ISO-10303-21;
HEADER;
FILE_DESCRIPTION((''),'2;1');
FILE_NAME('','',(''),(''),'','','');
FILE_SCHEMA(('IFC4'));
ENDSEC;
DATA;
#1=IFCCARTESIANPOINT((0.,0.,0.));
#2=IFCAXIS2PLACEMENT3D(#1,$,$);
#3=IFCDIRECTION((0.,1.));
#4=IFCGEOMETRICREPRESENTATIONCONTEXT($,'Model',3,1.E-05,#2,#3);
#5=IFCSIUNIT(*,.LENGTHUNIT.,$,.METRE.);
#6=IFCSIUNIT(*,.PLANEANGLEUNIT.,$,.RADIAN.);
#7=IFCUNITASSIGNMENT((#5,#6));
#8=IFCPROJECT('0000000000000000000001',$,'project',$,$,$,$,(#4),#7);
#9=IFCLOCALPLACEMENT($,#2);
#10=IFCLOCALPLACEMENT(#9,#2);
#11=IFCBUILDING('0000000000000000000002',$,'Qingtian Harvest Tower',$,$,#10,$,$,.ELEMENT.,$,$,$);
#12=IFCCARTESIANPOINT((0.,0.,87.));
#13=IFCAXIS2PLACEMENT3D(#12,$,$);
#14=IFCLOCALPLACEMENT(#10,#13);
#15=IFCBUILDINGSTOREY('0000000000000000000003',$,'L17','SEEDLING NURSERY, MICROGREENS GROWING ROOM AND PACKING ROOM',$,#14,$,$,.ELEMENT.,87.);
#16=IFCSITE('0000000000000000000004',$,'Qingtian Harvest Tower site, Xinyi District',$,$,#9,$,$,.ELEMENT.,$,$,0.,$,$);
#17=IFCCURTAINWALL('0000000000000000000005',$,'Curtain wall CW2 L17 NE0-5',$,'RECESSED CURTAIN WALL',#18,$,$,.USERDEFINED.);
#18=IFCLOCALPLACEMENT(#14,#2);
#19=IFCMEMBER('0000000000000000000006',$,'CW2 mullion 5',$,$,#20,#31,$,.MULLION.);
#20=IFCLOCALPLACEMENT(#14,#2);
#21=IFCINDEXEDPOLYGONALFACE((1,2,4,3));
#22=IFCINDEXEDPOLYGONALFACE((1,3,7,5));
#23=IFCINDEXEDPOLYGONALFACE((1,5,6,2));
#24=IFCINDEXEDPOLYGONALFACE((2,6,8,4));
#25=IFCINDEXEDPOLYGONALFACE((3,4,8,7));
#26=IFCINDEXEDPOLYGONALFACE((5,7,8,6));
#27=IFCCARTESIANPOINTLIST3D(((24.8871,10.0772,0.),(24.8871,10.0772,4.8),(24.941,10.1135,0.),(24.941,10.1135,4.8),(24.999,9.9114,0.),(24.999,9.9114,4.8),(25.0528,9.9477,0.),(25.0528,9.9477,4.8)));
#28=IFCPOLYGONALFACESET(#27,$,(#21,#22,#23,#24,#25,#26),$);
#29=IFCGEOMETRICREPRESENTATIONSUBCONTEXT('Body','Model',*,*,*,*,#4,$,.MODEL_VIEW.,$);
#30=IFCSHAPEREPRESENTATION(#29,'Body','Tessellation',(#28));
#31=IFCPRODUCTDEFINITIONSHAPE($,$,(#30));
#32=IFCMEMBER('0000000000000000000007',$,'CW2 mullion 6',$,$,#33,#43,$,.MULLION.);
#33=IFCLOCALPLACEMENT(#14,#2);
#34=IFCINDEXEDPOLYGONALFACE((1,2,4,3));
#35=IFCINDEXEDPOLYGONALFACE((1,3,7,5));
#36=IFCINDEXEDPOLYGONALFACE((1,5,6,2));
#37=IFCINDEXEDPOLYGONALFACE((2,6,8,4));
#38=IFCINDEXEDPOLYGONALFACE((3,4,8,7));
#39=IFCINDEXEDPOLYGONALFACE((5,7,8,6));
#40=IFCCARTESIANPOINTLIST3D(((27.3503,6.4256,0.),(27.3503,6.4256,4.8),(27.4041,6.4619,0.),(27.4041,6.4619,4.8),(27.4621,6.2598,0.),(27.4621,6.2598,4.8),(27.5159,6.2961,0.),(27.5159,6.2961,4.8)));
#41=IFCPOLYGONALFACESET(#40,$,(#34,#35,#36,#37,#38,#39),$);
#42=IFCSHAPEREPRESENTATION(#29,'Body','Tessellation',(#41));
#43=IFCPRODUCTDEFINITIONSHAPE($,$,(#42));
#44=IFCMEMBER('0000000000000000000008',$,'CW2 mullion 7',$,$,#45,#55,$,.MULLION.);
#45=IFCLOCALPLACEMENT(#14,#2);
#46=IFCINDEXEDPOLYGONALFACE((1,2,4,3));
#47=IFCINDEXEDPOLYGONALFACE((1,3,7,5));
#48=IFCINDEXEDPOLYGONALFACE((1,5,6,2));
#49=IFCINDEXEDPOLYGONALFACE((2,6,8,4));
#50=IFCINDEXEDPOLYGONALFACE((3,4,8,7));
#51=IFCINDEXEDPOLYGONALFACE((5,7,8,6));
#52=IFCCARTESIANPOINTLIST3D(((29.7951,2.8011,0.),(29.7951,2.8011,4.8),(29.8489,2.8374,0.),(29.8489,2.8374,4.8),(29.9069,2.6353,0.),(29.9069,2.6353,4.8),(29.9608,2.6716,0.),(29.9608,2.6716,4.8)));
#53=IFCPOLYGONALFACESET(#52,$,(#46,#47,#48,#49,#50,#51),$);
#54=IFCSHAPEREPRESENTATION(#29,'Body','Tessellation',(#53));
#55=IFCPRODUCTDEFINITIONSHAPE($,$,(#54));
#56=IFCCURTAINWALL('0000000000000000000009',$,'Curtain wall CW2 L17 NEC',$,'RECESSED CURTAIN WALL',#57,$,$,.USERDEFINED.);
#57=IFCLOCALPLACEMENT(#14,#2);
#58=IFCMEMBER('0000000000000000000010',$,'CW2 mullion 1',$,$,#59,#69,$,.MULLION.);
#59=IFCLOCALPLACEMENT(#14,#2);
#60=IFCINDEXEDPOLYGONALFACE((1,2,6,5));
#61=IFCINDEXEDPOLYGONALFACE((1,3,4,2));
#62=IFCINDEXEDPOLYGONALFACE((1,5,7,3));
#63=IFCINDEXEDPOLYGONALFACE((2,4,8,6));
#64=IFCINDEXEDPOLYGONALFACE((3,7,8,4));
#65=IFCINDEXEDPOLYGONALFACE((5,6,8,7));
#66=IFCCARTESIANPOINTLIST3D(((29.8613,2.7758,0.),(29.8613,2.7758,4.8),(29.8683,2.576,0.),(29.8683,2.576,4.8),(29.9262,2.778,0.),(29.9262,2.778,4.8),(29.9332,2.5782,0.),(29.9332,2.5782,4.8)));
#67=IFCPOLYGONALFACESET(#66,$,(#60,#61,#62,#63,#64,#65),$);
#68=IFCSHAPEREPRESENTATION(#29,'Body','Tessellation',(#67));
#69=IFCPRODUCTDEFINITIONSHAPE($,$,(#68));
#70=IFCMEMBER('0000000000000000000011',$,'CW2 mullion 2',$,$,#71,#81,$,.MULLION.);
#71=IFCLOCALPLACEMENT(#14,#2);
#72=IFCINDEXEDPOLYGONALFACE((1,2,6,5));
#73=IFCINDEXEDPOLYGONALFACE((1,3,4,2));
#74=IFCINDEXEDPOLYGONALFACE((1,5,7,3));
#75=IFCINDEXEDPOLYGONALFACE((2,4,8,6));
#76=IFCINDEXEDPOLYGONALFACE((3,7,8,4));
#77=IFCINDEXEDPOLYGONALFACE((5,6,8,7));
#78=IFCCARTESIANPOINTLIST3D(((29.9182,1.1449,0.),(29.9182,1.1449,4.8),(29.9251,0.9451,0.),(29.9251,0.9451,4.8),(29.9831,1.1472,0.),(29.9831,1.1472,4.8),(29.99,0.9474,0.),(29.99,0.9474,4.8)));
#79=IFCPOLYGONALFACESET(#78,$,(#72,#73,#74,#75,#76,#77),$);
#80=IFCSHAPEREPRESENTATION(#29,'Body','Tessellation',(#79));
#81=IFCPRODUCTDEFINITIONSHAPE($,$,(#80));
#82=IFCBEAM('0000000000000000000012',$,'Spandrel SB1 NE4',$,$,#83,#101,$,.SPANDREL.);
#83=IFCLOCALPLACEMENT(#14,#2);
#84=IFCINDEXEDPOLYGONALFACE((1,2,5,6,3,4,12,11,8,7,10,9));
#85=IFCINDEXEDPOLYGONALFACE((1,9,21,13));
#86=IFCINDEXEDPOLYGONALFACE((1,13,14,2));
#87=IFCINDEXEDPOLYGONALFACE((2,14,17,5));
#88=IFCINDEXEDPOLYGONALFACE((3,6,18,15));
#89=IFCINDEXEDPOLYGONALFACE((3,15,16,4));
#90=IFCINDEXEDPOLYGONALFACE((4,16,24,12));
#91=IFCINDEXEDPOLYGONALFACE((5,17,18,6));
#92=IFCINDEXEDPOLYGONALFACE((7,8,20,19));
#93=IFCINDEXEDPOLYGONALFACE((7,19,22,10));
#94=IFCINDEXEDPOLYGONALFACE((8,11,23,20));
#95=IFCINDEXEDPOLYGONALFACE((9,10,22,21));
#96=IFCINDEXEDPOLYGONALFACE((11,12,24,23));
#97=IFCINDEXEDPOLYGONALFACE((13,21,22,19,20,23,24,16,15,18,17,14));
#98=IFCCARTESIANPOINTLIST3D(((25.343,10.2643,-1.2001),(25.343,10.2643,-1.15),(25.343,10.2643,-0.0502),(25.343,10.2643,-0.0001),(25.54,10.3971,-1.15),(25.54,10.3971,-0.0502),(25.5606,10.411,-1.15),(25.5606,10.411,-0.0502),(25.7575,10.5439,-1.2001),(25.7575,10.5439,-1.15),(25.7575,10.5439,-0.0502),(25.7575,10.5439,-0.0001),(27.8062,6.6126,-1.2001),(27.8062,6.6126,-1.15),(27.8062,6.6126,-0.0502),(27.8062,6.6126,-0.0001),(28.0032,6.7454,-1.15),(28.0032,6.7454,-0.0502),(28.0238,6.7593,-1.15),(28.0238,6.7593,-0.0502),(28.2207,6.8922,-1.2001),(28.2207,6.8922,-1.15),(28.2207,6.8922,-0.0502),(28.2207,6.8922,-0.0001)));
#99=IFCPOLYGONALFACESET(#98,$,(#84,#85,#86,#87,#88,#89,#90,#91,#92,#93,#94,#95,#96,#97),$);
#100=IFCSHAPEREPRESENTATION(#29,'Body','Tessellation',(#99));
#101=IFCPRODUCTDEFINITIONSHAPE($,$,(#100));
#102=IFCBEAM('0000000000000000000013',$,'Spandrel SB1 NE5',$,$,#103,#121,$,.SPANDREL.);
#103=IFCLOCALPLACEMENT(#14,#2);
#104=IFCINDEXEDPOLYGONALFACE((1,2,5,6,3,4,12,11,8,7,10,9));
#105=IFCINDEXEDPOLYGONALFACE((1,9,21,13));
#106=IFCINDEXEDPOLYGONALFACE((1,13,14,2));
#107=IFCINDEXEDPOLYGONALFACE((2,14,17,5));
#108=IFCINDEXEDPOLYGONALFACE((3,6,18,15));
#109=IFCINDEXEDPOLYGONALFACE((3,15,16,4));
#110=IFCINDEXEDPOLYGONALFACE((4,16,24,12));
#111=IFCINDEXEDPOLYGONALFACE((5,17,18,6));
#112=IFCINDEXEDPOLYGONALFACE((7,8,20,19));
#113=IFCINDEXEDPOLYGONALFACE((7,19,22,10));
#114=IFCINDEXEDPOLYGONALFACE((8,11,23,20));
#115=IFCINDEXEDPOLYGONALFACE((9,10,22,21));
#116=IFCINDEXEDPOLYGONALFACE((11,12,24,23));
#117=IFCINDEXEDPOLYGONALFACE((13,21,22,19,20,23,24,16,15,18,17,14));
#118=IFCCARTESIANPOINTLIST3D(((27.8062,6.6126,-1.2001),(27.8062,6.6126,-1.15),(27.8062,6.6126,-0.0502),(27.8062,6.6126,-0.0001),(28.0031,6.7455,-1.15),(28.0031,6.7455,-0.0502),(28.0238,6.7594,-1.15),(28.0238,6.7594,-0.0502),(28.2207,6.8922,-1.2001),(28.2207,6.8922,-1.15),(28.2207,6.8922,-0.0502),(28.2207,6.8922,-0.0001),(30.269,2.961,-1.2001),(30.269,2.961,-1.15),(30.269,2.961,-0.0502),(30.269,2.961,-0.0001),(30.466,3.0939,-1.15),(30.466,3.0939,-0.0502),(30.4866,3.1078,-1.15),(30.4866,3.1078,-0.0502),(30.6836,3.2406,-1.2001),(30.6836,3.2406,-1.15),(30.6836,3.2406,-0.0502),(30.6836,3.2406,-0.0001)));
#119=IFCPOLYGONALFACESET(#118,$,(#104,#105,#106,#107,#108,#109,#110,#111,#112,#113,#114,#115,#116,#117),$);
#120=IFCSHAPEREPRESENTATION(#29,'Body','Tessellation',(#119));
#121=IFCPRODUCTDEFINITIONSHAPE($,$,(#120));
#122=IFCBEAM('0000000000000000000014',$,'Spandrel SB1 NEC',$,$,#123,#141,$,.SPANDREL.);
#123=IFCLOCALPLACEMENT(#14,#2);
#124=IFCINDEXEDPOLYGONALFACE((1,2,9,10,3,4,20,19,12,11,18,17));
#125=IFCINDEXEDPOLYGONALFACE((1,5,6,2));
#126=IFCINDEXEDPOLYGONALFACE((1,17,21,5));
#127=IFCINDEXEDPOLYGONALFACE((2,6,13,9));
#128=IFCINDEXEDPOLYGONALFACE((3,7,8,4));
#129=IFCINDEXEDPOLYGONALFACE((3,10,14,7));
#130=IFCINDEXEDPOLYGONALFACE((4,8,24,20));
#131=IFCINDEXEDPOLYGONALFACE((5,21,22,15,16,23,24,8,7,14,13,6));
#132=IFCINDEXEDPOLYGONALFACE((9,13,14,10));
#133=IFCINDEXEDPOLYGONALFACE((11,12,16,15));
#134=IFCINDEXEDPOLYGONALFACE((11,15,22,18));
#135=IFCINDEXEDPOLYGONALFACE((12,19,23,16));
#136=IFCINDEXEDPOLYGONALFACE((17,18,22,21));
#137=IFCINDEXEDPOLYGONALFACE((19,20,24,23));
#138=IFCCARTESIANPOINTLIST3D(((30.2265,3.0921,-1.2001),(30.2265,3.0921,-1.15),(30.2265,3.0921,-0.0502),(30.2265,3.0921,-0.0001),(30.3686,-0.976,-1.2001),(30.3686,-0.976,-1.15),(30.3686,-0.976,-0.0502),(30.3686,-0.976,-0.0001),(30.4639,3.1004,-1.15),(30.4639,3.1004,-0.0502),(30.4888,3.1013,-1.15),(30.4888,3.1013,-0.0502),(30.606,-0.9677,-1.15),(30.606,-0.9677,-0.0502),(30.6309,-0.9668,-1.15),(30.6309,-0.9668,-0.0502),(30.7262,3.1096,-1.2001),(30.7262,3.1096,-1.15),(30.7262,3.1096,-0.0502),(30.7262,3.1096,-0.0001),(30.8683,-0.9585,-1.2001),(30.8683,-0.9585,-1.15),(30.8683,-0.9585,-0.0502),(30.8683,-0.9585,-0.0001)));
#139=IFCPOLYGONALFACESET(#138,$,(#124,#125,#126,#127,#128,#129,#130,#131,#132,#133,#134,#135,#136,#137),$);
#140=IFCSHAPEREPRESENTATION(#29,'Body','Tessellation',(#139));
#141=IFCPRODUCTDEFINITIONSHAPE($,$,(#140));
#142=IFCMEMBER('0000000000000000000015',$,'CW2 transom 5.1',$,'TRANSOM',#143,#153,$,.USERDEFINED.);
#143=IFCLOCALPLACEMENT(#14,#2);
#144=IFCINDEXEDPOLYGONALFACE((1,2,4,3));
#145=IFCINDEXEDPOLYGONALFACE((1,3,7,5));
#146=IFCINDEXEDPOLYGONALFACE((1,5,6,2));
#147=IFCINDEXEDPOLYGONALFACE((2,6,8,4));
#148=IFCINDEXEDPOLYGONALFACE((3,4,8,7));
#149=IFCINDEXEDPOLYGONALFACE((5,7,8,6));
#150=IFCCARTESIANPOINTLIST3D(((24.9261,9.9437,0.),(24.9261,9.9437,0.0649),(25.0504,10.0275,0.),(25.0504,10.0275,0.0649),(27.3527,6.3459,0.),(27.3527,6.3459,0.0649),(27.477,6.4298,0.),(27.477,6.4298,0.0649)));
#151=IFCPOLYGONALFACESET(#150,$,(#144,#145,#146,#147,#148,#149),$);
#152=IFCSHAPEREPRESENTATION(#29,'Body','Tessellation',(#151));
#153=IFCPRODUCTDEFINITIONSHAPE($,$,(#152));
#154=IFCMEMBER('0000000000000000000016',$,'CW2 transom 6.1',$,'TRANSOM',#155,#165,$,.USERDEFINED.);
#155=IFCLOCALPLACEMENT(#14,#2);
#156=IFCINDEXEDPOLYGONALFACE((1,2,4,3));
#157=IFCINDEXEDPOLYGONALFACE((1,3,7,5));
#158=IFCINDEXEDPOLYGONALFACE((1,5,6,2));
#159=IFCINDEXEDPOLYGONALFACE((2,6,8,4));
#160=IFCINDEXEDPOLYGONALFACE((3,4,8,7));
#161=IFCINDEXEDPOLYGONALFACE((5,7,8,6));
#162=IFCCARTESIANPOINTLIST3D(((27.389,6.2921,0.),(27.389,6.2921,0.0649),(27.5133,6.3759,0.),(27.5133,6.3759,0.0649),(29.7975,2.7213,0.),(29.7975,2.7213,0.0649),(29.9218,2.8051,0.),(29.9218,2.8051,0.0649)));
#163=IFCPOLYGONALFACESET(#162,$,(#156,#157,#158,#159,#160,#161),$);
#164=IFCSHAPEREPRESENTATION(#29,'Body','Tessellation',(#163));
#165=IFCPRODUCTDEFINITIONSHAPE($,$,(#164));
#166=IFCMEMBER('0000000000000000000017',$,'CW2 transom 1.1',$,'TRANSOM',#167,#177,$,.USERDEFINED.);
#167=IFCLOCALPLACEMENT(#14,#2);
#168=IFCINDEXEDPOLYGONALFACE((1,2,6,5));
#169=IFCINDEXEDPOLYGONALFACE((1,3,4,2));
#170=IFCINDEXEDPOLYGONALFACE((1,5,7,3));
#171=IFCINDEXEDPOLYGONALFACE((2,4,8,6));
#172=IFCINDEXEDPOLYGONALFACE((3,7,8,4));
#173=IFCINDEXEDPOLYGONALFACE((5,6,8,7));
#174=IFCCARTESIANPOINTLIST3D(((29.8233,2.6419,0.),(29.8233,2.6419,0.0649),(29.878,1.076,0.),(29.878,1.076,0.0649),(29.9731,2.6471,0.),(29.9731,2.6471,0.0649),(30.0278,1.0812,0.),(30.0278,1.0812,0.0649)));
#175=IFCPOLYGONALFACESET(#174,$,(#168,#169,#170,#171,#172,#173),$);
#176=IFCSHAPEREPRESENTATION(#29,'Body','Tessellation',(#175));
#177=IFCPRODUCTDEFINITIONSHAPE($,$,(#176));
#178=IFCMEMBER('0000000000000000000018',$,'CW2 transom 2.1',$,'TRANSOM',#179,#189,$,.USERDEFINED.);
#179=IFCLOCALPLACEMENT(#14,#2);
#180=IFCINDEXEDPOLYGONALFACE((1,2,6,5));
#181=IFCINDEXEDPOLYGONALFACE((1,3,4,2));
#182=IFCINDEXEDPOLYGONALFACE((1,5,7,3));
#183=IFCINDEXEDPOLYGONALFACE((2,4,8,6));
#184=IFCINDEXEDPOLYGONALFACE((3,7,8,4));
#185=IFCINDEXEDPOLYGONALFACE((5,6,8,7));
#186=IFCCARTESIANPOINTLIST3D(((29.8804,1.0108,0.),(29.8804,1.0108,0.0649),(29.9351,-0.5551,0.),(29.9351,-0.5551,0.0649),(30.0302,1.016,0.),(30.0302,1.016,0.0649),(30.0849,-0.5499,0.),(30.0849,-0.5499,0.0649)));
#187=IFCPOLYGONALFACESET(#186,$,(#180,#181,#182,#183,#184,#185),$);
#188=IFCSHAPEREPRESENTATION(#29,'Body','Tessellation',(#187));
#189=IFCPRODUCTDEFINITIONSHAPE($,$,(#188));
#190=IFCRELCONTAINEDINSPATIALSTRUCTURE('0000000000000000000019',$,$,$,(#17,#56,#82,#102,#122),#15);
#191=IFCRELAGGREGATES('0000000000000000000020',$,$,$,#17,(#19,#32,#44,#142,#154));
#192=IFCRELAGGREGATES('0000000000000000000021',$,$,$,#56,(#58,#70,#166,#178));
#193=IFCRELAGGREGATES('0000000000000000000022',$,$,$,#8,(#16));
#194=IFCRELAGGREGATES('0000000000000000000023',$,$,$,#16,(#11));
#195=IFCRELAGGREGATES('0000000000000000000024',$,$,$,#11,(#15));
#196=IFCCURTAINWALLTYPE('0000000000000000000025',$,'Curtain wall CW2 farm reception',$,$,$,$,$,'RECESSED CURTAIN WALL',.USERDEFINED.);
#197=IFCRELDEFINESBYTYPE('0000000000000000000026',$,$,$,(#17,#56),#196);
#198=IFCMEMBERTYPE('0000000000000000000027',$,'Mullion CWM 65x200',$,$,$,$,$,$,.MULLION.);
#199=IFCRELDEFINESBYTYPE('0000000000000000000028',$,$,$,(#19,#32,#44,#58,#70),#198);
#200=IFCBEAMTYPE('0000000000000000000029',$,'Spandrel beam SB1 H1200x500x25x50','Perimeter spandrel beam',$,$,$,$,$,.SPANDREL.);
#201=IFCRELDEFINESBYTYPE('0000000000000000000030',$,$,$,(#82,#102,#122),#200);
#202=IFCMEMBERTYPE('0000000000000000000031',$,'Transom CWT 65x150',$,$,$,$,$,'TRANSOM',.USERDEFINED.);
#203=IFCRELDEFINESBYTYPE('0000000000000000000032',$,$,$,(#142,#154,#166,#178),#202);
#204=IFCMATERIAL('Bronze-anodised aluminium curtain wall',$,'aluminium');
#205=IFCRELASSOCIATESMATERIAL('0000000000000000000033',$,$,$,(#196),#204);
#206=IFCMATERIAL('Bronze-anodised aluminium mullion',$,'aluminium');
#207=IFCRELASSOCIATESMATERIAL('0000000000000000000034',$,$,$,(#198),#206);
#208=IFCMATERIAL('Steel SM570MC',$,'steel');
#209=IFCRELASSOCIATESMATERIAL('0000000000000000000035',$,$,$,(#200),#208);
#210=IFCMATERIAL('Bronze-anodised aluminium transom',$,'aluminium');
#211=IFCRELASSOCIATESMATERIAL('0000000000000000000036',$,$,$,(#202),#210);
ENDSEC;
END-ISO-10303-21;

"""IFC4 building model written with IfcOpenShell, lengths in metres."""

from ifc_helpers import new_model, si_unit, direction, frame, origin, origin_2d, place, context, subcontext, project, spatial, rectangle, i_section, extrude, material, material_profile, profile_set, type_object, element, aggregate, save


model = new_model("IFC4")

# Units and contexts
model_context = context("Model", 3, precision=1e-05, world=origin(), true_north=direction((0.0, 1.0)))
body_context = subcontext(model_context, "Body", "Model", "MODEL_VIEW")
ifc_project = project(units=[si_unit("LENGTHUNIT", "METRE"), si_unit("PLANEANGLEUNIT", "RADIAN")], contexts=[model_context])

# Site, building, storey
site_placement = place(None, origin())
site = spatial("IfcSite", under=ifc_project, at=site_placement, Name="Qingtian Harvest Tower site, Xinyi District", CompositionType="ELEMENT", RefElevation=0.0)
building_placement = place(site_placement, origin())
building = spatial("IfcBuilding", under=site, at=building_placement, Name="Qingtian Harvest Tower", CompositionType="ELEMENT")
storey_placement = place(building_placement, frame((0.0, 0.0, 87.0)))
storey = spatial("IfcBuildingStorey", under=building, at=storey_placement, Name="L17", Description="SEEDLING NURSERY, MICROGREENS GROWING ROOM AND PACKING ROOM", CompositionType="ELEMENT", Elevation=87.0)

# Curtain walls, members
ifc_material_1 = material(Name="Bronze-anodised aluminium curtain wall", Category="aluminium")
curtain_wall_type = type_object("IfcCurtainWallType", Name="Curtain wall CW2 farm reception", ElementType="RECESSED CURTAIN WALL", PredefinedType="USERDEFINED", material=ifc_material_1)
curtain_wall_1_placement = place(storey_placement, origin())
curtain_wall_1 = element("IfcCurtainWall", 1, at=curtain_wall_1_placement, inside=storey, type_object=curtain_wall_type, Name="Curtain wall CW2 L17 NE0-5", ObjectType="RECESSED CURTAIN WALL", PredefinedType="USERDEFINED")
ifc_material_2 = material(Name="Bronze-anodised aluminium mullion", Category="aluminium")
ifc_material_profile_1 = material_profile(ifc_material_2, rectangle(XDim=0.0649, YDim=0.2, at=origin_2d()), Name="AL 65x200")
ifc_profile_set_1 = profile_set([ifc_material_profile_1], Name="Bronze-anodised aluminium mullion")
member_type_1 = type_object("IfcMemberType", Name="Mullion CWM 65x200", PredefinedType="MULLION", material=ifc_profile_set_1)
member_1_placement = place(storey_placement, frame((24.97, 10.0125, 0.0), z_axis=(0.0, 0.0, 1.0), x_axis=(0.829038, 0.559193, 0.0)))
member_1 = element("IfcMember", 2, at=member_1_placement, type_object=member_type_1, Name="CW2 mullion 5", PredefinedType="MULLION", context=body_context, shape_type="SweptSolid", body=[
    extrude(rectangle(XDim=0.0649, YDim=0.2, at=origin_2d()), origin(), (0.0, 0.0, 1.0), 4.8),
])
member_2_placement = place(storey_placement, frame((27.4331, 6.3608, 0.0), z_axis=(0.0, 0.0, 1.0), x_axis=(0.829038, 0.559193, 0.0)))
member_2 = element("IfcMember", 3, at=member_2_placement, type_object=member_type_1, Name="CW2 mullion 6", PredefinedType="MULLION", context=body_context, shape_type="SweptSolid", body=[
    extrude(rectangle(XDim=0.0649, YDim=0.2, at=origin_2d()), origin(), (0.0, 0.0, 1.0), 4.8),
])
member_3_placement = place(storey_placement, frame((29.8779, 2.7363, 0.0), z_axis=(0.0, 0.0, 1.0), x_axis=(0.829038, 0.559193, 0.0)))
member_3 = element("IfcMember", 4, at=member_3_placement, type_object=member_type_1, Name="CW2 mullion 7", PredefinedType="MULLION", context=body_context, shape_type="SweptSolid", body=[
    extrude(rectangle(XDim=0.0649, YDim=0.2, at=origin_2d()), origin(), (0.0, 0.0, 1.0), 4.8),
])
curtain_wall_2_placement = place(storey_placement, origin())
curtain_wall_2 = element("IfcCurtainWall", 5, at=curtain_wall_2_placement, inside=storey, type_object=curtain_wall_type, Name="Curtain wall CW2 L17 NEC", ObjectType="RECESSED CURTAIN WALL", PredefinedType="USERDEFINED")
member_4_placement = place(storey_placement, frame((29.8972, 2.677, 0.0), z_axis=(0.0, 0.0, 1.0), x_axis=(0.999391, 0.034899, 0.0)))
member_4 = element("IfcMember", 6, at=member_4_placement, type_object=member_type_1, Name="CW2 mullion 1", PredefinedType="MULLION", context=body_context, shape_type="SweptSolid", body=[
    extrude(rectangle(XDim=0.0649, YDim=0.2, at=origin_2d()), origin(), (0.0, 0.0, 1.0), 4.8),
])
member_5_placement = place(storey_placement, frame((29.9541, 1.0461, 0.0), z_axis=(0.0, 0.0, 1.0), x_axis=(0.999391, 0.034899, 0.0)))
member_5 = element("IfcMember", 7, at=member_5_placement, type_object=member_type_1, Name="CW2 mullion 2", PredefinedType="MULLION", context=body_context, shape_type="SweptSolid", body=[
    extrude(rectangle(XDim=0.0649, YDim=0.2, at=origin_2d()), origin(), (0.0, 0.0, 1.0), 4.8),
])

# Beams
ifc_material_3 = material(Name="Steel SM570MC", Category="steel")
ifc_material_profile_2 = material_profile(ifc_material_3, i_section(OverallWidth=0.5, OverallDepth=1.2, WebThickness=0.0249, FlangeThickness=0.05, at=origin_2d()), Name="H1200x500x25x50")
ifc_profile_set_2 = profile_set([ifc_material_profile_2], Name="Steel SM570MC")
beam_type_1 = type_object("IfcBeamType", Name="Spandrel beam SB1 H1200x500x25x50", Description="Perimeter spandrel beam", PredefinedType="SPANDREL", material=ifc_profile_set_2)
beam_1_placement = place(storey_placement, frame((25.5503, 10.4041, -0.6001), z_axis=(0.559207, -0.829028, 0.0), x_axis=(0.829028, 0.559207, 0.0)))
element("IfcBeam", 8, at=beam_1_placement, inside=storey, type_object=beam_type_1, Name="Spandrel SB1 NE4", PredefinedType="SPANDREL", context=body_context, shape_type="SweptSolid", body=[
    extrude(i_section(OverallWidth=0.5, OverallDepth=1.2, WebThickness=0.0249, FlangeThickness=0.05, at=origin_2d()), origin(), (0.0, 0.0, 1.0), 4.4048),
])
beam_2_placement = place(storey_placement, frame((28.0134, 6.7524, -0.6001), z_axis=(0.559169, -0.829054, 0.0), x_axis=(0.829054, 0.559169, 0.0)))
element("IfcBeam", 9, at=beam_2_placement, inside=storey, type_object=beam_type_1, Name="Spandrel SB1 NE5", PredefinedType="SPANDREL", context=body_context, shape_type="SweptSolid", body=[
    extrude(i_section(OverallWidth=0.5, OverallDepth=1.2, WebThickness=0.0249, FlangeThickness=0.05, at=origin_2d()), origin(), (0.0, 0.0, 1.0), 4.4045),
])
beam_3_placement = place(storey_placement, frame((30.4763, 3.1008, -0.6001), z_axis=(0.034906, -0.999391, 0.0), x_axis=(0.999391, 0.034906, 0.0)))
element("IfcBeam", 10, at=beam_3_placement, inside=storey, type_object=beam_type_1, Name="Spandrel SB1 NEC", PredefinedType="SPANDREL", context=body_context, shape_type="SweptSolid", body=[
    extrude(i_section(OverallWidth=0.5, OverallDepth=1.2, WebThickness=0.0249, FlangeThickness=0.05, at=origin_2d()), origin(), (0.0, 0.0, 1.0), 4.0706),
])

# Members
ifc_material_4 = material(Name="Bronze-anodised aluminium transom", Category="aluminium")
ifc_material_profile_3 = material_profile(ifc_material_4, rectangle(XDim=0.1499, YDim=0.0649, at=origin_2d()), Name="AL 65x150")
ifc_profile_set_3 = profile_set([ifc_material_profile_3], Name="Bronze-anodised aluminium transom")
member_type_2 = type_object("IfcMemberType", Name="Transom CWT 65x150", ElementType="TRANSOM", PredefinedType="USERDEFINED", material=ifc_profile_set_3)
member_6_placement = place(storey_placement, frame((24.9883, 9.9856, 0.0325), z_axis=(0.559171, -0.829052, 0.0), x_axis=(0.829052, 0.559171, 0.0)))
member_6 = element("IfcMember", 11, at=member_6_placement, type_object=member_type_2, Name="CW2 transom 5.1", ObjectType="TRANSOM", PredefinedType="USERDEFINED", context=body_context, shape_type="SweptSolid", body=[
    extrude(rectangle(XDim=0.1499, YDim=0.0649, at=origin_2d()), origin(), (0.0, 0.0, 1.0), 4.3396),
])
member_7_placement = place(storey_placement, frame((27.4512, 6.334, 0.0325), z_axis=(0.559179, -0.829047, 0.0), x_axis=(0.829047, 0.559179, 0.0)))
member_7 = element("IfcMember", 12, at=member_7_placement, type_object=member_type_2, Name="CW2 transom 6.1", ObjectType="TRANSOM", PredefinedType="USERDEFINED", context=body_context, shape_type="SweptSolid", body=[
    extrude(rectangle(XDim=0.1499, YDim=0.0649, at=origin_2d()), origin(), (0.0, 0.0, 1.0), 4.3071),
])
member_8_placement = place(storey_placement, frame((29.8982, 2.6445, 0.0325), z_axis=(0.034902, -0.999391, 0.0), x_axis=(0.999391, 0.034902, 0.0)))
member_8 = element("IfcMember", 13, at=member_8_placement, type_object=member_type_2, Name="CW2 transom 1.1", ObjectType="TRANSOM", PredefinedType="USERDEFINED", context=body_context, shape_type="SweptSolid", body=[
    extrude(rectangle(XDim=0.1499, YDim=0.0649, at=origin_2d()), origin(), (0.0, 0.0, 1.0), 1.5669),
])
member_9_placement = place(storey_placement, frame((29.9553, 1.0134, 0.0325), z_axis=(0.034902, -0.999391, 0.0), x_axis=(0.999391, 0.034902, 0.0)))
member_9 = element("IfcMember", 14, at=member_9_placement, type_object=member_type_2, Name="CW2 transom 2.1", ObjectType="TRANSOM", PredefinedType="USERDEFINED", context=body_context, shape_type="SweptSolid", body=[
    extrude(rectangle(XDim=0.1499, YDim=0.0649, at=origin_2d()), origin(), (0.0, 0.0, 1.0), 1.5669),
])

aggregate(curtain_wall_1, [member_1, member_2, member_3, member_6, member_7])
aggregate(curtain_wall_2, [member_4, member_5, member_8, member_9])

save(model, "model.ifc")
